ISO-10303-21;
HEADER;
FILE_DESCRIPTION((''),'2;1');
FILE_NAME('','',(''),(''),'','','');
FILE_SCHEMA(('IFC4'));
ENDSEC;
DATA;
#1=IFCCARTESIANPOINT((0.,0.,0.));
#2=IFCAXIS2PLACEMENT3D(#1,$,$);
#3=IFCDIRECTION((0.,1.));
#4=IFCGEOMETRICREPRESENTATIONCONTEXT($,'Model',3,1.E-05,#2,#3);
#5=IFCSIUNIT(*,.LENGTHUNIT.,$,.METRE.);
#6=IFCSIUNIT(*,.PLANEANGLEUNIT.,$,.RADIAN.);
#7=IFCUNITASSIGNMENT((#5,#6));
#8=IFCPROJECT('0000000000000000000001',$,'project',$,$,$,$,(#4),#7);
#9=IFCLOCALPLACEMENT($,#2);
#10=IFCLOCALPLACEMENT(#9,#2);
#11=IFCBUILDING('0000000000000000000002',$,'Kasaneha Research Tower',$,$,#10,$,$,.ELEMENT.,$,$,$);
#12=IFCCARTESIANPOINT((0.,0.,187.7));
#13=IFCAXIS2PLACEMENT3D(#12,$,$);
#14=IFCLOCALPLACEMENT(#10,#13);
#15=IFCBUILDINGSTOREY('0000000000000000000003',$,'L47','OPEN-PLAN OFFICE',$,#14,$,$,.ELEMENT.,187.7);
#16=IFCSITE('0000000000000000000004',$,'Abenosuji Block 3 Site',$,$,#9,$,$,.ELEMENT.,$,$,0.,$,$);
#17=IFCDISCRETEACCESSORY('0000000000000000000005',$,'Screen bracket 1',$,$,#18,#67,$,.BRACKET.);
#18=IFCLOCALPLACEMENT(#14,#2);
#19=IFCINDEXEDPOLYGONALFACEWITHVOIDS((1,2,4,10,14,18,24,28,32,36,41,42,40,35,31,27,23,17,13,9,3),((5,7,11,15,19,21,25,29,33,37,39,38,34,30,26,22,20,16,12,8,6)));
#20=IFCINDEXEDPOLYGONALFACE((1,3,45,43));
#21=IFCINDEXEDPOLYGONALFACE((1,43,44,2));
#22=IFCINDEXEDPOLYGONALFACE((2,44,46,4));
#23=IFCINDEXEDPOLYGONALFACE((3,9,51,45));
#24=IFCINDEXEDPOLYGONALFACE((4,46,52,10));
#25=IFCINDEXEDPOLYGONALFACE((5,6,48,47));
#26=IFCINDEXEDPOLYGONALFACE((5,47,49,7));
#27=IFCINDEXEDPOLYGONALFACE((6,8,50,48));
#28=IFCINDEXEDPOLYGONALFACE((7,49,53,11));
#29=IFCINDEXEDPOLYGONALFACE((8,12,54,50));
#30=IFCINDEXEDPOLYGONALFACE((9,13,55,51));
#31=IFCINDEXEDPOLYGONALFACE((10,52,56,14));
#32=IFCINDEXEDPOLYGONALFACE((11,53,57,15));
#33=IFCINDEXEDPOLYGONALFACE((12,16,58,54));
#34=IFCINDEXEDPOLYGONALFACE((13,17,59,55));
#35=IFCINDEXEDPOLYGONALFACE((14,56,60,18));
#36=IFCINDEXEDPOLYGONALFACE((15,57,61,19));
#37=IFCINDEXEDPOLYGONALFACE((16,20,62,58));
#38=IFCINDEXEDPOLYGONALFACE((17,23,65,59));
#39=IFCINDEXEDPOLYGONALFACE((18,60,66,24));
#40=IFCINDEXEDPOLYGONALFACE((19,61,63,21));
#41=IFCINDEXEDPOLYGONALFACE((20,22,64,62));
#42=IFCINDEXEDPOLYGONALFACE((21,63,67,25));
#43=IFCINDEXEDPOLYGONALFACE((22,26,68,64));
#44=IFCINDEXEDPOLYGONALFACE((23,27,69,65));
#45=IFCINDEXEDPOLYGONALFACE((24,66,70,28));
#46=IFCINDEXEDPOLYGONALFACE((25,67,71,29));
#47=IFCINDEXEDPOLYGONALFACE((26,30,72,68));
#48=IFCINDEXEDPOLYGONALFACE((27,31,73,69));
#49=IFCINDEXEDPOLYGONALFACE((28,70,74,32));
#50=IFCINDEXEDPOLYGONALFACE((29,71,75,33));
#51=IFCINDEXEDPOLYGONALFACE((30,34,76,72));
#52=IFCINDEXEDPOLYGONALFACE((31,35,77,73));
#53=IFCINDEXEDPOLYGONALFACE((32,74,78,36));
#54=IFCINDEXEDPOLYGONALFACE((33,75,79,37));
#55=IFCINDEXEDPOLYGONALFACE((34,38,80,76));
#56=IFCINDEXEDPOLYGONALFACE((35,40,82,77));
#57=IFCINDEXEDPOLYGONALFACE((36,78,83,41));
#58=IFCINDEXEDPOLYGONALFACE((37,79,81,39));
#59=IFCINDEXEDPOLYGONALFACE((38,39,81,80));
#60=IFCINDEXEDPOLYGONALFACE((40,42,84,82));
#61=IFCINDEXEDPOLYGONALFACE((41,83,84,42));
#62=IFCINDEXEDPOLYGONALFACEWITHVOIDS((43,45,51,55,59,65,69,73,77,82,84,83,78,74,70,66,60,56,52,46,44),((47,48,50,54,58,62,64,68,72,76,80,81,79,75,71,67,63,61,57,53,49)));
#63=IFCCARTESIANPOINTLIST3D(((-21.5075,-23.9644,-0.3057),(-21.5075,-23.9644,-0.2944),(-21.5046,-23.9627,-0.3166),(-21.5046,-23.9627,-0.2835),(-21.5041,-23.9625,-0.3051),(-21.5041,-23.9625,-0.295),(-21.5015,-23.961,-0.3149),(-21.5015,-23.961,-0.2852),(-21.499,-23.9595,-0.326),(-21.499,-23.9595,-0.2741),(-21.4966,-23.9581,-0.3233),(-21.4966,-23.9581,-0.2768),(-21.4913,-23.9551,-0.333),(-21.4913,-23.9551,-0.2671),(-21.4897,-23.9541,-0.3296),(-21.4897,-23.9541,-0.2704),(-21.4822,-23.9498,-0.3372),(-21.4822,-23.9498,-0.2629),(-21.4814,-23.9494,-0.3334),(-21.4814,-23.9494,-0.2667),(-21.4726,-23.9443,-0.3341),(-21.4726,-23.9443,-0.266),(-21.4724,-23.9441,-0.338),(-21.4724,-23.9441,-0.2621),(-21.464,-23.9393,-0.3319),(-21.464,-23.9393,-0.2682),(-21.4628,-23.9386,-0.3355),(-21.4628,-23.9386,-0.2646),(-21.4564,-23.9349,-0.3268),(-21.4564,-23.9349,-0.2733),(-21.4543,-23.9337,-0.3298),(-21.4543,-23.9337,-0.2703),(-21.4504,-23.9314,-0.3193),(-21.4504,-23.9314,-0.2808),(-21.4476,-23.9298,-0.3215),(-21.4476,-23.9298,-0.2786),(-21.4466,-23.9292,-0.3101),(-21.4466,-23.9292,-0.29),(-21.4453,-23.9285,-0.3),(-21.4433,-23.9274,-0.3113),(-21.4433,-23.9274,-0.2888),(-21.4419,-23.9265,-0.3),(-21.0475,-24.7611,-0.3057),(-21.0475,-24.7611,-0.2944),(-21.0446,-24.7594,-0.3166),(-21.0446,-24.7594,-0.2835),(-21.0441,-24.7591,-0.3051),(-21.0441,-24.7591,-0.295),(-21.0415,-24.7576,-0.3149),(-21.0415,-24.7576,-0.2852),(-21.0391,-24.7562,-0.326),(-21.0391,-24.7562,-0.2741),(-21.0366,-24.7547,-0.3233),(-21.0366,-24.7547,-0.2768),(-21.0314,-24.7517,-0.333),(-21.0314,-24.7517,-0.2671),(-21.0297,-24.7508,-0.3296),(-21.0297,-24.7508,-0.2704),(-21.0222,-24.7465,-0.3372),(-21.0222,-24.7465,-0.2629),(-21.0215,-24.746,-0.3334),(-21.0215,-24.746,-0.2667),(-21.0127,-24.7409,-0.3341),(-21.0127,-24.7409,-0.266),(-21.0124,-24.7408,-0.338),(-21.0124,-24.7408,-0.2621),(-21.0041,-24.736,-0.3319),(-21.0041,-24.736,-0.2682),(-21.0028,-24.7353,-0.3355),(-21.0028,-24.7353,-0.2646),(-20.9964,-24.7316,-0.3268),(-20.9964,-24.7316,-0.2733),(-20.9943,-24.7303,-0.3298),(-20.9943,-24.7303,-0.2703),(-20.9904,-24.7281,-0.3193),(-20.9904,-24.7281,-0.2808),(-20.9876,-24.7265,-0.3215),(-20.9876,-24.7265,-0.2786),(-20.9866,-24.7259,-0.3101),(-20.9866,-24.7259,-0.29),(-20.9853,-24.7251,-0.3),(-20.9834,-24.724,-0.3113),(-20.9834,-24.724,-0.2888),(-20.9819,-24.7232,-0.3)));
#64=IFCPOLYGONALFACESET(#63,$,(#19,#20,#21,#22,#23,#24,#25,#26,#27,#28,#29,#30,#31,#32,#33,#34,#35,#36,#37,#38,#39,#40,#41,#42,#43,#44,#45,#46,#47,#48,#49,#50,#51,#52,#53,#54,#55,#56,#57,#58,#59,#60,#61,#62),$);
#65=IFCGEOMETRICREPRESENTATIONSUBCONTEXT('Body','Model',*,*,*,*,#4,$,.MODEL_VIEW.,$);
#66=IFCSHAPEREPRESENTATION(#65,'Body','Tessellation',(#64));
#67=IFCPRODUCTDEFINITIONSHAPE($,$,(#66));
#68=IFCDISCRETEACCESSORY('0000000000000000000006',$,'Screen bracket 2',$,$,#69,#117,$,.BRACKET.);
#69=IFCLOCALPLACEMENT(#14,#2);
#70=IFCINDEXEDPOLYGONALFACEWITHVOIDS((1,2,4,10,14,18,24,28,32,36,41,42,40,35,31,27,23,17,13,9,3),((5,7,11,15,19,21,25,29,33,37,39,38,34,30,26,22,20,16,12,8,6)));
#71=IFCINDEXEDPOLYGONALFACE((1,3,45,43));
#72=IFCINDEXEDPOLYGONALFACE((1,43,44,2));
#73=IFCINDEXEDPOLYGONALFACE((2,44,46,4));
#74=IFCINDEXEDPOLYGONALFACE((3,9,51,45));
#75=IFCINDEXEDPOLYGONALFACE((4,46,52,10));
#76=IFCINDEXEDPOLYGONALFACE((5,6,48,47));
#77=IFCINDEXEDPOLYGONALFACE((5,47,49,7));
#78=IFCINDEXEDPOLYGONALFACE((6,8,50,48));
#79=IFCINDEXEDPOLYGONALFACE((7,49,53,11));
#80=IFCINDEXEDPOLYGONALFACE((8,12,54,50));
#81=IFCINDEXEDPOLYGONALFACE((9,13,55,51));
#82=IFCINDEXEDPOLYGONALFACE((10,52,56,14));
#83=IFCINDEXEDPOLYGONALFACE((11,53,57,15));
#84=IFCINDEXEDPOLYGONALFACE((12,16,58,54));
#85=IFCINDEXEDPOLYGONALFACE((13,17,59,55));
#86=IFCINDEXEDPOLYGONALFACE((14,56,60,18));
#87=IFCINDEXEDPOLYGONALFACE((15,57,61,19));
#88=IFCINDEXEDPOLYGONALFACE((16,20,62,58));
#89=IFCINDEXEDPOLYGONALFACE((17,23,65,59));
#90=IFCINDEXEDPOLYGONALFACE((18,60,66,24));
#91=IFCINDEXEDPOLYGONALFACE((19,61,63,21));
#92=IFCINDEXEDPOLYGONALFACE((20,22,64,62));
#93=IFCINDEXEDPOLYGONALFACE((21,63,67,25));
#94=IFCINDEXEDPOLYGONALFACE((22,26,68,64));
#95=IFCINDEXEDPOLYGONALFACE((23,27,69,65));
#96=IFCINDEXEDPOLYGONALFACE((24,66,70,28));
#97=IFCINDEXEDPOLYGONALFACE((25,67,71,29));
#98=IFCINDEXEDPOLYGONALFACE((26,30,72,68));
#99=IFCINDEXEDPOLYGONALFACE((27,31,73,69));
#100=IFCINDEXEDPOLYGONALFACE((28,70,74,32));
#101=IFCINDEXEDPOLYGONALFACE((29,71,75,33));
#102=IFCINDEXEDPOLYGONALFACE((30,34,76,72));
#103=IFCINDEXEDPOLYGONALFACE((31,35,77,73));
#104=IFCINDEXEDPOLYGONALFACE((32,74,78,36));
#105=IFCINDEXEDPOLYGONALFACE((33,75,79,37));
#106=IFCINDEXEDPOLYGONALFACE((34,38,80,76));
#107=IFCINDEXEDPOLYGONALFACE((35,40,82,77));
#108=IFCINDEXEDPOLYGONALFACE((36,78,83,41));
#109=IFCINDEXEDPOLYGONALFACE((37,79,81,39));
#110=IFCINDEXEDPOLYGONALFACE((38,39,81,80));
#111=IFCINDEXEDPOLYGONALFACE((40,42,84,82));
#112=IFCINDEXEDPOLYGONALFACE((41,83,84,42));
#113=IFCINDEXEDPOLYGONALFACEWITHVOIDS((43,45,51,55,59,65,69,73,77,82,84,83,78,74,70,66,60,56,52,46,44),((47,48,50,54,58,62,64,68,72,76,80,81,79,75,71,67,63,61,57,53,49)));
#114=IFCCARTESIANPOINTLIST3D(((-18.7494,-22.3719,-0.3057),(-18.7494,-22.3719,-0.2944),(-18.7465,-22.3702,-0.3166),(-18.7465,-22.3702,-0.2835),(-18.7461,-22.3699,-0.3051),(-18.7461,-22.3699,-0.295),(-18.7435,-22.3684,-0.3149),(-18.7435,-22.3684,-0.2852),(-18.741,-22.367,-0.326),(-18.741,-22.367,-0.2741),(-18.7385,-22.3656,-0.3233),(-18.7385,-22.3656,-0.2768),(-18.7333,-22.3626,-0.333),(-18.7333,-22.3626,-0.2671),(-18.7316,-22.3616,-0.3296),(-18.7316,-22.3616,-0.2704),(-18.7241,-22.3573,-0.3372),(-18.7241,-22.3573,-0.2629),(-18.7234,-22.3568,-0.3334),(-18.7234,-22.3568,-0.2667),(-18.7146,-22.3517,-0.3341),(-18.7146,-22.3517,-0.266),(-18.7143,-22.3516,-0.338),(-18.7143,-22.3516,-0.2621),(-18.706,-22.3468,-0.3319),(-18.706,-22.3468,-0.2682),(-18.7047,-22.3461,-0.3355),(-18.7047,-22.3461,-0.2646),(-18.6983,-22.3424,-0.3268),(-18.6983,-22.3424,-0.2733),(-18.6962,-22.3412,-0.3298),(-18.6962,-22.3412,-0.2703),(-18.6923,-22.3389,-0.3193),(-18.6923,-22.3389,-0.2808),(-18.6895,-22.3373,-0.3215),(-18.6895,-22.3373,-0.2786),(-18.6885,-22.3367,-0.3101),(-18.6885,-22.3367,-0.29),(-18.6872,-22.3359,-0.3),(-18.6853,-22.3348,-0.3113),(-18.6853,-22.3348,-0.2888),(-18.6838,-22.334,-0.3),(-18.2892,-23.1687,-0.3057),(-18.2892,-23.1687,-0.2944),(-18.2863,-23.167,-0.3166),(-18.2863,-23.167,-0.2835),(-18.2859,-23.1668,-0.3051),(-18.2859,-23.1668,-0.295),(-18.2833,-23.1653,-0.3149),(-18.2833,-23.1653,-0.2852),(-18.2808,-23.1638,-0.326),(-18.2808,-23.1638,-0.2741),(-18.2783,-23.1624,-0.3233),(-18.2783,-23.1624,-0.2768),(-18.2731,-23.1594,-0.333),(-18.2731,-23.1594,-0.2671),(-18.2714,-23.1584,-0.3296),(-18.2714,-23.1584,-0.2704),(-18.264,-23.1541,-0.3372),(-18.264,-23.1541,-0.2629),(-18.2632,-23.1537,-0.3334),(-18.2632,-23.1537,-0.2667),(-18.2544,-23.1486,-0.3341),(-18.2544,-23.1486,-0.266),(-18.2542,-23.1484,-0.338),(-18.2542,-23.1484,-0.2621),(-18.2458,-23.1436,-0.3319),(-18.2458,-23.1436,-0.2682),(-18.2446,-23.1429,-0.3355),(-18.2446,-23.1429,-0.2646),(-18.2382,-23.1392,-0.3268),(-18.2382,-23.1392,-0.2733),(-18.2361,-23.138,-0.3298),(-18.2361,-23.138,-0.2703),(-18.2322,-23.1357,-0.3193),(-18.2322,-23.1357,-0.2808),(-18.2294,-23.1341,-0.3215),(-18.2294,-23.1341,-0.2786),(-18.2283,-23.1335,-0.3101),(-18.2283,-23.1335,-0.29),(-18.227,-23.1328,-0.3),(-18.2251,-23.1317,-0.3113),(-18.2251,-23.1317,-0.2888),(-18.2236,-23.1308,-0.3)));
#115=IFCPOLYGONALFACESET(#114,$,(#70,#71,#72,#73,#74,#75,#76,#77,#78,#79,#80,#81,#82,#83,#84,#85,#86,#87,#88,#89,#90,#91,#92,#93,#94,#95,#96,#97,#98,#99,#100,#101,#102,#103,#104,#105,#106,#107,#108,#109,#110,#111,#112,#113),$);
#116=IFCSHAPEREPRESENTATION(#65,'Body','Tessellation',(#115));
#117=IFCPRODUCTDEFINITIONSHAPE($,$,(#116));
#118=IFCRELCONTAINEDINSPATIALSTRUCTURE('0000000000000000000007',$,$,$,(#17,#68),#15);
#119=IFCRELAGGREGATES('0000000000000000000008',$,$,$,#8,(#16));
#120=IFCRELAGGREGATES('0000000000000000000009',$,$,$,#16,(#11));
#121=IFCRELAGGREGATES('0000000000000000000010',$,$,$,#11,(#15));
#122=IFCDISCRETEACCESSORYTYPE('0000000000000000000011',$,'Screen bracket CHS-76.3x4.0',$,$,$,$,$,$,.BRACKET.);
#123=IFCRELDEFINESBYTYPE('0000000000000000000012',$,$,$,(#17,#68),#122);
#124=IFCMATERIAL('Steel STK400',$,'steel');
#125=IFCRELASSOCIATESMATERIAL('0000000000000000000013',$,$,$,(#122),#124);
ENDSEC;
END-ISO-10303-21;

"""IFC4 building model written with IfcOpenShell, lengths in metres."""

from ifc_helpers import new_model, si_unit, direction, frame, origin, origin_2d, place, context, subcontext, project, spatial, hollow_circle, extrude, material, material_profile, profile_set, type_object, element, save


model = new_model("IFC4")

# Units and contexts
model_context = context("Model", 3, precision=1e-05, world=origin(), true_north=direction((0.0, 1.0)))
body_context = subcontext(model_context, "Body", "Model", "MODEL_VIEW")
ifc_project = project(units=[si_unit("LENGTHUNIT", "METRE"), si_unit("PLANEANGLEUNIT", "RADIAN")], contexts=[model_context])

# Site, building, storey
site_placement = place(None, origin())
site = spatial("IfcSite", under=ifc_project, at=site_placement, Name="Abenosuji Block 3 Site", CompositionType="ELEMENT", RefElevation=0.0)
building_placement = place(site_placement, origin())
building = spatial("IfcBuilding", under=site, at=building_placement, Name="Kasaneha Research Tower", CompositionType="ELEMENT")
storey_placement = place(building_placement, frame((0.0, 0.0, 187.7)))
storey = spatial("IfcBuildingStorey", under=building, at=storey_placement, Name="L47", Description="OPEN-PLAN OFFICE", CompositionType="ELEMENT", Elevation=187.7)

# Discrete accessories
ifc_material_1 = material(Name="Steel STK400", Category="steel")
ifc_material_profile_1 = material_profile(ifc_material_1, hollow_circle(Radius=0.0381, WallThickness=0.0039, at=origin_2d()), Name="CHS-76.3x4.0")
ifc_profile_set_1 = profile_set([ifc_material_profile_1], Name="Steel STK400")
discrete_accessory_type = type_object("IfcDiscreteAccessoryType", Name="Screen bracket CHS-76.3x4.0", PredefinedType="BRACKET", material=ifc_profile_set_1)
discrete_accessory_1_placement = place(storey_placement, frame((-21.4749, -23.9456, -0.3), z_axis=(0.500021, -0.866013, 0.0), x_axis=(0.866013, 0.500021, 0.0)))
element("IfcDiscreteAccessory", 1, at=discrete_accessory_1_placement, inside=storey, type_object=discrete_accessory_type, Name="Screen bracket 1", PredefinedType="BRACKET", context=body_context, shape_type="SweptSolid", body=[
    extrude(hollow_circle(Radius=0.0381, WallThickness=0.0039, at=origin_2d()), origin(), (0.0, 0.0, 1.0), 0.9199),
])
discrete_accessory_2_placement = place(storey_placement, frame((-18.7168, -22.353, -0.3), z_axis=(0.500105, -0.865965, 0.0), x_axis=(0.865965, 0.500105, 0.0)))
element("IfcDiscreteAccessory", 2, at=discrete_accessory_2_placement, inside=storey, type_object=discrete_accessory_type, Name="Screen bracket 2", PredefinedType="BRACKET", context=body_context, shape_type="SweptSolid", body=[
    extrude(hollow_circle(Radius=0.0381, WallThickness=0.0039, at=origin_2d()), origin(), (0.0, 0.0, 1.0), 0.9202),
])

save(model, "model.ifc")
